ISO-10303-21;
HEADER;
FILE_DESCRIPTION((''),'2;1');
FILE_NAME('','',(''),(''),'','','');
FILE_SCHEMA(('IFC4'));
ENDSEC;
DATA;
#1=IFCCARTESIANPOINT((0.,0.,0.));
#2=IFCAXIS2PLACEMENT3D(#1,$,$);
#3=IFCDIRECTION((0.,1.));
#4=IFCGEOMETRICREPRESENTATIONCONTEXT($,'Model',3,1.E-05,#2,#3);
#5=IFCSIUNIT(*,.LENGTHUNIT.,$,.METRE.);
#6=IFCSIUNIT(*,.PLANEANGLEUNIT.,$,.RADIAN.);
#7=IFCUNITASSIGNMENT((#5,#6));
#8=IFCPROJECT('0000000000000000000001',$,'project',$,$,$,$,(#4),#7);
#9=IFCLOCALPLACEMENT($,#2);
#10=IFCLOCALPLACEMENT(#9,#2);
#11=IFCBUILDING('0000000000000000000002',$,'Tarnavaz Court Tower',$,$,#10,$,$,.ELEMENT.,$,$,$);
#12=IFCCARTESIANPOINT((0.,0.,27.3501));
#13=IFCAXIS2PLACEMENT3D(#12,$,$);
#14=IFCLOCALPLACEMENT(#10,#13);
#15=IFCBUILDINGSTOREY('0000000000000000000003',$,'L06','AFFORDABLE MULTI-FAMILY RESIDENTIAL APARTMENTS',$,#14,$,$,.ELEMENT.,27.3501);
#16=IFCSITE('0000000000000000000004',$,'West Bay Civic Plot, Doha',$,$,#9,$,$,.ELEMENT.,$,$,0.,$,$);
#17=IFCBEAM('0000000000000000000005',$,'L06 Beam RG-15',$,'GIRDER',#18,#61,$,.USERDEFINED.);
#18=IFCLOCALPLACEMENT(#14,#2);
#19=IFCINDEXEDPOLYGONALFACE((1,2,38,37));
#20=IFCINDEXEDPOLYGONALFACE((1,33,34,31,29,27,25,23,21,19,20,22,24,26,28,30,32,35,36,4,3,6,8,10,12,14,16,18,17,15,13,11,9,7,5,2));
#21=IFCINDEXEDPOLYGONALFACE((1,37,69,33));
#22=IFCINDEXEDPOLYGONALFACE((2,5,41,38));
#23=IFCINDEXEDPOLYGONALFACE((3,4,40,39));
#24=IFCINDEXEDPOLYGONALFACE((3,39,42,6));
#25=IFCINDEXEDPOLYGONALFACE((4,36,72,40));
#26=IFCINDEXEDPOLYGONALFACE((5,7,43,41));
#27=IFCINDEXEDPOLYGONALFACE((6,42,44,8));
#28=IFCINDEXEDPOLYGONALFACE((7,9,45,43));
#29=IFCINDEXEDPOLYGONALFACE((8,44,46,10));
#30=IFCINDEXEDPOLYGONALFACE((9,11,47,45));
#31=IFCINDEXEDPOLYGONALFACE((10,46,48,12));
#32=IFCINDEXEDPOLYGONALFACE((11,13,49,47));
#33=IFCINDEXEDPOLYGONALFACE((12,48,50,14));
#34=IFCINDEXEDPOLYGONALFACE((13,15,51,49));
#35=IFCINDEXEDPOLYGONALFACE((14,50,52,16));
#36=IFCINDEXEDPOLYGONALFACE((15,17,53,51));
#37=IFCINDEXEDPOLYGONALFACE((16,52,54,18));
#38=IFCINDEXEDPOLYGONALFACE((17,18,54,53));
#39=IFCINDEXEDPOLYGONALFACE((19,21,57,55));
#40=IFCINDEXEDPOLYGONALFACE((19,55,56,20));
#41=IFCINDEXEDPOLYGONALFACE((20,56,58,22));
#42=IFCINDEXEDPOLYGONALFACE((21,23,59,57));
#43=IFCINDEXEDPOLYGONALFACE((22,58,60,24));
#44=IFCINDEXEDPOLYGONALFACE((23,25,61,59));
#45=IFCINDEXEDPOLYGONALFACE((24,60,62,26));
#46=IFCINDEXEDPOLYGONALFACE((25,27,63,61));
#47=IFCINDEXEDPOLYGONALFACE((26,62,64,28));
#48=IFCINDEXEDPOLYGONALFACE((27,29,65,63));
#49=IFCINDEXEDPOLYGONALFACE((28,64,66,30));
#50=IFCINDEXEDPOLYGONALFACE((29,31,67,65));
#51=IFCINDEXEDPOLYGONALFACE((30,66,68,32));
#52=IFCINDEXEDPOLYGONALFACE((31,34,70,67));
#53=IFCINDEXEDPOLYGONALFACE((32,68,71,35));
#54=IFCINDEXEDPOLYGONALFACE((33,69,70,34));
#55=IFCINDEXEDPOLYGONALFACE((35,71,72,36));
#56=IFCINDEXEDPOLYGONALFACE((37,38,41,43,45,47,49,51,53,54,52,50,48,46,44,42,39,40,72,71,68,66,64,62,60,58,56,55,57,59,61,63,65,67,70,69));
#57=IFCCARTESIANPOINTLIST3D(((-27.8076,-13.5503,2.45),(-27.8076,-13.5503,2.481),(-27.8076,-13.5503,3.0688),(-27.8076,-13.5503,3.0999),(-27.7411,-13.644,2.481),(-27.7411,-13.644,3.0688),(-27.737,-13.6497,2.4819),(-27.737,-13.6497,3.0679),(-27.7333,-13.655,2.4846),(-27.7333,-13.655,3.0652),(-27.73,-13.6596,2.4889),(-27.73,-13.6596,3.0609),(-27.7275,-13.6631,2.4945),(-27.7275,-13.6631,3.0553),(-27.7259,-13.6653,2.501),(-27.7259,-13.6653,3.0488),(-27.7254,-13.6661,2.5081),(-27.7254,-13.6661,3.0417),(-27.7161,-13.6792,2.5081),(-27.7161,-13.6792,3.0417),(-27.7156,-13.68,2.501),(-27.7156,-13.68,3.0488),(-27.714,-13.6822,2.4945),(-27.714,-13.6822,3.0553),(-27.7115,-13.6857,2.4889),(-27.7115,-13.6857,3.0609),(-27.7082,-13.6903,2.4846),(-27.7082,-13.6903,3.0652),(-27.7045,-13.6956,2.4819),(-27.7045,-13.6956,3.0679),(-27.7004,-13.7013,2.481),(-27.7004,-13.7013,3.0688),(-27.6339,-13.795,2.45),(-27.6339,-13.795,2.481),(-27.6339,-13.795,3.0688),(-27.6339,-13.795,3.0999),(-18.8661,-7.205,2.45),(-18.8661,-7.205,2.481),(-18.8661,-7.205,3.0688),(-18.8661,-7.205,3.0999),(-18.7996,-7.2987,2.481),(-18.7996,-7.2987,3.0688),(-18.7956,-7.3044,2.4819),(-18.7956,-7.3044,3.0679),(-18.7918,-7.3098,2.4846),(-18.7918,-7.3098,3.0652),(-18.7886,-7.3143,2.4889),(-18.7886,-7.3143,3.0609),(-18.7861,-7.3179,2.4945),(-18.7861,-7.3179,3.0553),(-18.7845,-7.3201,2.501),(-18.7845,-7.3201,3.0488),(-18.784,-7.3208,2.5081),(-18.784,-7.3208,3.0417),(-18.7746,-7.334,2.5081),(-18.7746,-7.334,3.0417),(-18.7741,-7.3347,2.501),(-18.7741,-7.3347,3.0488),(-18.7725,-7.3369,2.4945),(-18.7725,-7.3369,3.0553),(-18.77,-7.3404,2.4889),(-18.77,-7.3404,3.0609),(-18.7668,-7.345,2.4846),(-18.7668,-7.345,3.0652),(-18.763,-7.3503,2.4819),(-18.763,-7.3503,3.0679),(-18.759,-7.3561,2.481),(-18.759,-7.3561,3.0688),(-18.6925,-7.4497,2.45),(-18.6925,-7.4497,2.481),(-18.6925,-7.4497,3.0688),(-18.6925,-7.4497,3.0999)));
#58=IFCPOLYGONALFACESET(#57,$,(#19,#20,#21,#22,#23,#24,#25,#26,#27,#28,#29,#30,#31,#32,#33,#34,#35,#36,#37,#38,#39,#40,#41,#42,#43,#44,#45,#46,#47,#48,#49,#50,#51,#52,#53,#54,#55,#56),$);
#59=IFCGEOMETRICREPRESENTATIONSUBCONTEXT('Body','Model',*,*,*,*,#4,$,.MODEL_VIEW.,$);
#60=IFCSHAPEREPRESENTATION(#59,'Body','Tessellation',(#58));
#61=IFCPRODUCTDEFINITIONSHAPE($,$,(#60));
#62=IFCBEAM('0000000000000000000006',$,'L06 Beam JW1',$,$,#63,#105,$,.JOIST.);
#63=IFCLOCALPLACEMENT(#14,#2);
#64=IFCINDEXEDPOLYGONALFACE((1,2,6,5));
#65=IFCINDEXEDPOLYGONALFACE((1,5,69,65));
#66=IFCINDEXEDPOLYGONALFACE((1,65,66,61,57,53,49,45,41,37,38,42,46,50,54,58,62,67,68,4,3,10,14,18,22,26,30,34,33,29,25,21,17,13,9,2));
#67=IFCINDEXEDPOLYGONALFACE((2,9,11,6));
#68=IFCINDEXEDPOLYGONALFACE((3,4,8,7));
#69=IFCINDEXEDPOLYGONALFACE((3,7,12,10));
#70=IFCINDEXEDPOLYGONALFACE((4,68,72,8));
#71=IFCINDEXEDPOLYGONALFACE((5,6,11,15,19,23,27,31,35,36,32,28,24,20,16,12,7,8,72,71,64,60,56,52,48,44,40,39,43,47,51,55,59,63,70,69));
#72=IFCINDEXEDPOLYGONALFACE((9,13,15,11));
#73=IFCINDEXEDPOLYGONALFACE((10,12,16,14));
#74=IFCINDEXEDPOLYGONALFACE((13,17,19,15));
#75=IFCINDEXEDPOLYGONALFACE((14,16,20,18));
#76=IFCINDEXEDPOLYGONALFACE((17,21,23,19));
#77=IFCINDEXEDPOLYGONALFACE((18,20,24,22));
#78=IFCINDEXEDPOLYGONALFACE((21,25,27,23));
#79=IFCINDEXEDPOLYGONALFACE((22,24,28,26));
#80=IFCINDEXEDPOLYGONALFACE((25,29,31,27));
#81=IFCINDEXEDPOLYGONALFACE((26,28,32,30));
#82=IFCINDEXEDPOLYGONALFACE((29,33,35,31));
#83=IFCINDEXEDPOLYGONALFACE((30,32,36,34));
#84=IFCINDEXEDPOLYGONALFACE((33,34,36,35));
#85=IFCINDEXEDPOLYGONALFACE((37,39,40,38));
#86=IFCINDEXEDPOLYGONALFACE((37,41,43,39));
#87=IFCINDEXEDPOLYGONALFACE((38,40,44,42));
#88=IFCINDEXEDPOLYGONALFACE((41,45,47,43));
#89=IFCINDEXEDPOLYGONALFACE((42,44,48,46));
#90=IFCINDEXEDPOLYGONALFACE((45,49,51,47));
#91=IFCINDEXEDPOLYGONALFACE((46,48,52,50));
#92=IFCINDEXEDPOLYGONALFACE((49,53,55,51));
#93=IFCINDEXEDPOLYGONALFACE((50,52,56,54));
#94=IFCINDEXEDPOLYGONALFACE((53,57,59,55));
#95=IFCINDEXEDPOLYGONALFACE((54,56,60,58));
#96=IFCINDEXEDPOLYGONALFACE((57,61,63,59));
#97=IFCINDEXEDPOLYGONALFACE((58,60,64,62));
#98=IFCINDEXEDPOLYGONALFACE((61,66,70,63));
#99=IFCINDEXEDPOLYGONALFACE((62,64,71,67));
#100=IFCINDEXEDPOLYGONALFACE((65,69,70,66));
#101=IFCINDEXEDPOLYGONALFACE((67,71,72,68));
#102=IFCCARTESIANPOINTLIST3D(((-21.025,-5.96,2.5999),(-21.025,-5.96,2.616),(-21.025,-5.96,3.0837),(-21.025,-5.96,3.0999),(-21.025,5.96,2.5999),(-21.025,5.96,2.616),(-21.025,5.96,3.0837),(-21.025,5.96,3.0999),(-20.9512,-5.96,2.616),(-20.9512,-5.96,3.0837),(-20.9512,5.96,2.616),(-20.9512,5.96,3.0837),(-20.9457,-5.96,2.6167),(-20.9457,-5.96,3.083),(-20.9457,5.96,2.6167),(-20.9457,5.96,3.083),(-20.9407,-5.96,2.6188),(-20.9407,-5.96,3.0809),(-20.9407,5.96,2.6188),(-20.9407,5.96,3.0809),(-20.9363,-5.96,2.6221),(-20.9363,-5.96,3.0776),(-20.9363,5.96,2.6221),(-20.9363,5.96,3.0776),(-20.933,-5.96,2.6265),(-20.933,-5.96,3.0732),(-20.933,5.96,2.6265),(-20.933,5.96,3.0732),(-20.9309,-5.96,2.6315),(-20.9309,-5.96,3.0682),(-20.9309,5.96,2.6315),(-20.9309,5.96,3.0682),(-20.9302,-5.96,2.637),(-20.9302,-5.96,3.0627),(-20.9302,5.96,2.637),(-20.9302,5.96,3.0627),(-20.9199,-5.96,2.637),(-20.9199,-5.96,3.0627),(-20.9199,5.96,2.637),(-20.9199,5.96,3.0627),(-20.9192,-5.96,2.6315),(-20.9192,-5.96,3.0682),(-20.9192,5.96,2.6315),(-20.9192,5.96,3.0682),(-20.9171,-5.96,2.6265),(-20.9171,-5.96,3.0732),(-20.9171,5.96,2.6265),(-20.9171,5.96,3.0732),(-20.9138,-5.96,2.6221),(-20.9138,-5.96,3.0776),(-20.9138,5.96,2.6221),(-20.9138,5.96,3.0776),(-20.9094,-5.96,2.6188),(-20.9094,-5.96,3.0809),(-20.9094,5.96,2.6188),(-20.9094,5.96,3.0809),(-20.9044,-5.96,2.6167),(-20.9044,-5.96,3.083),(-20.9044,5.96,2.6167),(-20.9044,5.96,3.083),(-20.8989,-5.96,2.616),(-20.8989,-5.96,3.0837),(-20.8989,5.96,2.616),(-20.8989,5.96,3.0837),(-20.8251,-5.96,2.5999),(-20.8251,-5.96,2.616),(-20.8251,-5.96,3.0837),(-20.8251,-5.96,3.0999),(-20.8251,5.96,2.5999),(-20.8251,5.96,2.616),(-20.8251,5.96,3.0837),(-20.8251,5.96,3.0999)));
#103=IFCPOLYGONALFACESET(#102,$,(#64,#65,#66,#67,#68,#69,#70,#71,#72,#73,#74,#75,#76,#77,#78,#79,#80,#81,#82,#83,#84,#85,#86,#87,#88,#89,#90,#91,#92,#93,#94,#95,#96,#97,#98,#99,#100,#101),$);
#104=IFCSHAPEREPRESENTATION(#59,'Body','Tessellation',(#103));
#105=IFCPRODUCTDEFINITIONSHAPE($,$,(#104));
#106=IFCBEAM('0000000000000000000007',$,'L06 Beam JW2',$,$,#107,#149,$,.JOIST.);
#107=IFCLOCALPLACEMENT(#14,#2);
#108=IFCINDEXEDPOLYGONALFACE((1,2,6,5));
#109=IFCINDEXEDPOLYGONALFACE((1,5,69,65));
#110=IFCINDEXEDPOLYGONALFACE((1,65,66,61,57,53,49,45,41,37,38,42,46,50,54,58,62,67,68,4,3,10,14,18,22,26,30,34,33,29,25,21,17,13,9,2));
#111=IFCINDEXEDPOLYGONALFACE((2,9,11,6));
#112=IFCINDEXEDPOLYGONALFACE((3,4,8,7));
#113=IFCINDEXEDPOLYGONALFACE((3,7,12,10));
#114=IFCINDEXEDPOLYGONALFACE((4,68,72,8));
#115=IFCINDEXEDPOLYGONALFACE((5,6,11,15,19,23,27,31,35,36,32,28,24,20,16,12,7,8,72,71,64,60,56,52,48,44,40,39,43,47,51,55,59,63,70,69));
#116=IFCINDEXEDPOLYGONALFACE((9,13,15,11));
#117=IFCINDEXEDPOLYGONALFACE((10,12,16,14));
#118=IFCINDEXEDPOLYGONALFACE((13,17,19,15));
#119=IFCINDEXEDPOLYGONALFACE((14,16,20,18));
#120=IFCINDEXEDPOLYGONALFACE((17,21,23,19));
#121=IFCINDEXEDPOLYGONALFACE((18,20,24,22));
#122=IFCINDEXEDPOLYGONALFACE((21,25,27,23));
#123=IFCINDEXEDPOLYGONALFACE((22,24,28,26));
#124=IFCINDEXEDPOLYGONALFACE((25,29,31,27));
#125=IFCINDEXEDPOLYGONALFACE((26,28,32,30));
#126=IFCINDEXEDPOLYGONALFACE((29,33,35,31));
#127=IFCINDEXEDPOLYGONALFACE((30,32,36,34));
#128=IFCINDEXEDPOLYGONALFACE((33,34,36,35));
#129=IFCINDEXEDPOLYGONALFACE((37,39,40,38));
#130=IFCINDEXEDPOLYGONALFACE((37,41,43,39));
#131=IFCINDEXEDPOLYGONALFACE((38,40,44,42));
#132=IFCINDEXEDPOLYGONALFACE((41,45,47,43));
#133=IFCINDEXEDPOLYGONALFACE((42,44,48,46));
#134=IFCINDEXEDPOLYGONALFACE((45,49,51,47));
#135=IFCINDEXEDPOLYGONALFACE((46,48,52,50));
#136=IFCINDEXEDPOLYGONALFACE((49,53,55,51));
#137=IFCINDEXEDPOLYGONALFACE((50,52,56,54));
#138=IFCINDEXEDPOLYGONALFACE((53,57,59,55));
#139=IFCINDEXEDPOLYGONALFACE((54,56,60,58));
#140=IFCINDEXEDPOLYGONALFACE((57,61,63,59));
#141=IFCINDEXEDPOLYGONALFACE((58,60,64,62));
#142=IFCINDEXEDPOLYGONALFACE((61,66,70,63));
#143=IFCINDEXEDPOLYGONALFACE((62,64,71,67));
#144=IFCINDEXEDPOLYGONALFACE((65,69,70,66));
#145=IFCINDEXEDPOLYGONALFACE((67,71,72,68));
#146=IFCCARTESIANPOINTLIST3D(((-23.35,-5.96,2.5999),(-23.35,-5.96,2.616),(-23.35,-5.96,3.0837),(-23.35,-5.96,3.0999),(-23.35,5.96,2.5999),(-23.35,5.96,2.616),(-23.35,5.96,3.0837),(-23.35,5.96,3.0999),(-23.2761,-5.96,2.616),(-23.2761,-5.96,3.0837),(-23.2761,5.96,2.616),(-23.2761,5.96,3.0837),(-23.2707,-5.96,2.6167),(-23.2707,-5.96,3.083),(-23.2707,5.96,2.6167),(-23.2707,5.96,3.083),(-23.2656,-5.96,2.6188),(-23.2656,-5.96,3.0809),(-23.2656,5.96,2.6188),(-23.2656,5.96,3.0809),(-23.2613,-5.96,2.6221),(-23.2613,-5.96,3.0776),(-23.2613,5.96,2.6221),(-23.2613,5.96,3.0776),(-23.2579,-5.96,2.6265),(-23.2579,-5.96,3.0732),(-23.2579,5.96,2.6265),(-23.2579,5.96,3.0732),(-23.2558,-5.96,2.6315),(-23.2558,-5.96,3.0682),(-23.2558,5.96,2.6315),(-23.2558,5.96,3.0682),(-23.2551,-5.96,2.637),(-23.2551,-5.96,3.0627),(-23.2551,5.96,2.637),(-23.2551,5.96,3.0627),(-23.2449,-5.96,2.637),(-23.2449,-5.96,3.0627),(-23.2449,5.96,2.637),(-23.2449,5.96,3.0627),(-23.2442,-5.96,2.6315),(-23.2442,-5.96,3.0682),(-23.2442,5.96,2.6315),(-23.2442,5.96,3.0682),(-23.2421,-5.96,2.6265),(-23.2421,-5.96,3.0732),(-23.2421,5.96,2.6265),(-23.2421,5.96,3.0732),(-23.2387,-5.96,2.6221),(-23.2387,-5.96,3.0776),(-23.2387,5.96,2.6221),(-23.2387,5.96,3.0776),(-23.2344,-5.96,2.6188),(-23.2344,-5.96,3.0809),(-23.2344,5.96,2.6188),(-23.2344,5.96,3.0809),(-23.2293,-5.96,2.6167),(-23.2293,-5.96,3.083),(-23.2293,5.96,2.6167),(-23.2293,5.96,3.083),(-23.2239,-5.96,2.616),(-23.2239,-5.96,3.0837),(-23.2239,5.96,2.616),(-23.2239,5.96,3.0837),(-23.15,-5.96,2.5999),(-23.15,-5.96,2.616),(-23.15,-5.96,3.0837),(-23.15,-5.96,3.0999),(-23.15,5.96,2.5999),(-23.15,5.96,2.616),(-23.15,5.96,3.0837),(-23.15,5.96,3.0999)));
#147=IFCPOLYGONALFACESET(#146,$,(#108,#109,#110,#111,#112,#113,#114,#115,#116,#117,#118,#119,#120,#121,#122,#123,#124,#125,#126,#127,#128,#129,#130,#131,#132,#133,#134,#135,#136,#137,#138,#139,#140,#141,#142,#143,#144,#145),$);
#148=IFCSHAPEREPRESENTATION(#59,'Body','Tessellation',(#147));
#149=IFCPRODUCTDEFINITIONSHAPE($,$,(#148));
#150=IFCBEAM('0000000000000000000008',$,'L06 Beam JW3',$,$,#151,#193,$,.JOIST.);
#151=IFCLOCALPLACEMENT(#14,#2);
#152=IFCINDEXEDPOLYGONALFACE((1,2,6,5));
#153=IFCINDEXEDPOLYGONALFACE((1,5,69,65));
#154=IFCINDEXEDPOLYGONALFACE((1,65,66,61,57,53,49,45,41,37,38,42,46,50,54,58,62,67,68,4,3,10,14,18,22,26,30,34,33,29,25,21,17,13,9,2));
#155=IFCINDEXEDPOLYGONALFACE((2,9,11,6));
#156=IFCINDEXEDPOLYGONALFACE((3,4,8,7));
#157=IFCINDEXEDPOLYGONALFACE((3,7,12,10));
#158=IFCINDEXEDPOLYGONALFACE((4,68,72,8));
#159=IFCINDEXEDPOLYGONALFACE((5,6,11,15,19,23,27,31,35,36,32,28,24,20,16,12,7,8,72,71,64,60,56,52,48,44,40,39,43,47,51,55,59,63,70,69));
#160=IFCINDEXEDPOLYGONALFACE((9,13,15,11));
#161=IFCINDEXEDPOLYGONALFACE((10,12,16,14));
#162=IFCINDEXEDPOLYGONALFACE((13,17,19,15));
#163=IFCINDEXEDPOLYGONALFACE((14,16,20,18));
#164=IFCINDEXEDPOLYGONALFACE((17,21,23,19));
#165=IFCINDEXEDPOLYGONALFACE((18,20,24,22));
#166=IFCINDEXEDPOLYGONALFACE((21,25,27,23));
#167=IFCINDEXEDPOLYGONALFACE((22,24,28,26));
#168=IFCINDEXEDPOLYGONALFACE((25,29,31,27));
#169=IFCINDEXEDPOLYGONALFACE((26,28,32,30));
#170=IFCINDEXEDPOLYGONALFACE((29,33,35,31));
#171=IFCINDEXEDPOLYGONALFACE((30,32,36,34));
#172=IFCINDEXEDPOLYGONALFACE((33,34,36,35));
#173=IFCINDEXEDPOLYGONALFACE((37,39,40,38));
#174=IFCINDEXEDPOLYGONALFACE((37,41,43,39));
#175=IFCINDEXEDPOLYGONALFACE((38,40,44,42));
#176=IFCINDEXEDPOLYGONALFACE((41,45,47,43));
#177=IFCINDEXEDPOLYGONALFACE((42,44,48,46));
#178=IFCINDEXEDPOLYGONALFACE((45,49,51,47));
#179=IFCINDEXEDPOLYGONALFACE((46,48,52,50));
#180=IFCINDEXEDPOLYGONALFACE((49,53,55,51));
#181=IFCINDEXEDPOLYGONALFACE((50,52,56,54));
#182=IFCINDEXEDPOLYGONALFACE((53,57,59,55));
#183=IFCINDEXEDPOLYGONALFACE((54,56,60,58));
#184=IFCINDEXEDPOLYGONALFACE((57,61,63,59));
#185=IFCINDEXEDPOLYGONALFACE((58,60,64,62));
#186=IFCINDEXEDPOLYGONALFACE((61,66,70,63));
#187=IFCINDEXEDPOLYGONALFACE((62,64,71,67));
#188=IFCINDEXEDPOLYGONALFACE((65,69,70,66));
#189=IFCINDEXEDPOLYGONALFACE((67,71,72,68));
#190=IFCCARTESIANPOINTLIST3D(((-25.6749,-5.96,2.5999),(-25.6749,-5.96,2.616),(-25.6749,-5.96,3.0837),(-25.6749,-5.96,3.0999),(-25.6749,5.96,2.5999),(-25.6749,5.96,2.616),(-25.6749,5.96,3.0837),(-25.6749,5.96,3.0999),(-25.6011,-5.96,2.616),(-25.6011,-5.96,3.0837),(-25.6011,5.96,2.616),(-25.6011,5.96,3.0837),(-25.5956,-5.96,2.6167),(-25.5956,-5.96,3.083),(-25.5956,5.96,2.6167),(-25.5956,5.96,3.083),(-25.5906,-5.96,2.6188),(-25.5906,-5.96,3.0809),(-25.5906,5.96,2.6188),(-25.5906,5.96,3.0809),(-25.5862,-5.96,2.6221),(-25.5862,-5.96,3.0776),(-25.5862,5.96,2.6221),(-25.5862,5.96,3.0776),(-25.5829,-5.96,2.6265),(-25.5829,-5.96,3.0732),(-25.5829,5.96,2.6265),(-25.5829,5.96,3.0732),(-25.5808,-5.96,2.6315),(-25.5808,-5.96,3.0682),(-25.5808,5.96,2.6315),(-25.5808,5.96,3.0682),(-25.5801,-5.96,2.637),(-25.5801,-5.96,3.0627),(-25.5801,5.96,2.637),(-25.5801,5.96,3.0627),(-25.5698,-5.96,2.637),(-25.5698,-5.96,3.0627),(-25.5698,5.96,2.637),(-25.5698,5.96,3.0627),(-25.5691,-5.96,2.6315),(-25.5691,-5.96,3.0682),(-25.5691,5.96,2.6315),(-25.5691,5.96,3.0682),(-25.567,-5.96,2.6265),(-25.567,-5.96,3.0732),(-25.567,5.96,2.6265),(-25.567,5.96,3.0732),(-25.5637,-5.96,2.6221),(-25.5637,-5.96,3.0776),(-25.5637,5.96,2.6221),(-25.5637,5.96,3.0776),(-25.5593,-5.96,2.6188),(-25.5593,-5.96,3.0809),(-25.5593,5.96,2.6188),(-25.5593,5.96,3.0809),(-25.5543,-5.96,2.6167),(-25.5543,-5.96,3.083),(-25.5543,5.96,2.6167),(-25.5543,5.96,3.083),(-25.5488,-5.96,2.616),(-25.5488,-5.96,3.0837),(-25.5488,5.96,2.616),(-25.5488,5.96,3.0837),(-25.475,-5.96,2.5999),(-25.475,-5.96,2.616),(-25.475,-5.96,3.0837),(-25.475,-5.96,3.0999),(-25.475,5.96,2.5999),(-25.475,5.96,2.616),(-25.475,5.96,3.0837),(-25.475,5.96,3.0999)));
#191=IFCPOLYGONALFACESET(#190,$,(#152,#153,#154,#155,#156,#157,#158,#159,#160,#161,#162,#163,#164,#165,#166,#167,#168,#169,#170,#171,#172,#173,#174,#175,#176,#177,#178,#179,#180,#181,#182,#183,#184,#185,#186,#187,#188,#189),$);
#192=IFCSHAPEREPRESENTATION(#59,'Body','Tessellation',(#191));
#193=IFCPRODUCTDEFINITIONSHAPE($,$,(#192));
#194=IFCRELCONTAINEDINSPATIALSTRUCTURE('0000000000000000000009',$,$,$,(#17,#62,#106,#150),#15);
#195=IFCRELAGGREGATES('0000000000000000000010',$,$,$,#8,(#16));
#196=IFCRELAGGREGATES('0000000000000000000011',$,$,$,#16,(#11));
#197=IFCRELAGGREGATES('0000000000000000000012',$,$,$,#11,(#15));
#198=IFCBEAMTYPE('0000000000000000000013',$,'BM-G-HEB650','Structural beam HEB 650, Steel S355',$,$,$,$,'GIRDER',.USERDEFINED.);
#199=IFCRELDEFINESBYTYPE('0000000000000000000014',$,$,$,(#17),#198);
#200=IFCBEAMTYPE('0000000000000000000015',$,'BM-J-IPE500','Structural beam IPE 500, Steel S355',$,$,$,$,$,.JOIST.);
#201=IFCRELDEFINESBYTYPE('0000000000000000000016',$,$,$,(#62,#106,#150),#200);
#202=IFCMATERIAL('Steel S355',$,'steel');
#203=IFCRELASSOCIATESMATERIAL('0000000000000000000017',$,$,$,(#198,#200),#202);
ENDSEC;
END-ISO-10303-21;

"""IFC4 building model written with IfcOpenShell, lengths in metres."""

from ifc_helpers import new_model, si_unit, direction, frame, origin, origin_2d, place, context, subcontext, project, spatial, i_section, extrude, material, material_profile, profile_set, type_object, element, save


model = new_model("IFC4")

# Units and contexts
model_context = context("Model", 3, precision=1e-05, world=origin(), true_north=direction((0.0, 1.0)))
body_context = subcontext(model_context, "Body", "Model", "MODEL_VIEW")
ifc_project = project(units=[si_unit("LENGTHUNIT", "METRE"), si_unit("PLANEANGLEUNIT", "RADIAN")], contexts=[model_context])

# Site, building, storey
site_placement = place(None, origin())
site = spatial("IfcSite", under=ifc_project, at=site_placement, Name="West Bay Civic Plot, Doha", CompositionType="ELEMENT", RefElevation=0.0)
building_placement = place(site_placement, origin())
building = spatial("IfcBuilding", under=site, at=building_placement, Name="Tarnavaz Court Tower", CompositionType="ELEMENT")
storey_placement = place(building_placement, frame((0.0, 0.0, 27.3501)))
storey = spatial("IfcBuildingStorey", under=building, at=storey_placement, Name="L06", Description="AFFORDABLE MULTI-FAMILY RESIDENTIAL APARTMENTS", CompositionType="ELEMENT", Elevation=27.3501)

# Beams
ifc_material_1 = material(Name="Steel S355", Category="steel")
ifc_material_profile_1 = material_profile(ifc_material_1, i_section(OverallWidth=0.3, OverallDepth=0.6499, WebThickness=0.0161, FlangeThickness=0.031, FilletRadius=0.0271, at=origin_2d()), Name="HEB 650")
ifc_profile_set_1 = profile_set([ifc_material_profile_1], Name="Steel S355")
beam_type_1 = type_object("IfcBeamType", Name="BM-G-HEB650", Description="Structural beam HEB 650, Steel S355", ElementType="GIRDER", PredefinedType="USERDEFINED", material=ifc_profile_set_1)
beam_1_placement = place(storey_placement, frame((-18.7793, -7.3274, 2.7749), z_axis=(-0.81552, -0.578729, 0.0), x_axis=(0.578729, -0.81552, 0.0)))
element("IfcBeam", 1, at=beam_1_placement, inside=storey, type_object=beam_type_1, Name="L06 Beam RG-15", ObjectType="GIRDER", PredefinedType="USERDEFINED", context=body_context, shape_type="SweptSolid", body=[
    extrude(i_section(OverallWidth=0.3, OverallDepth=0.6499, WebThickness=0.0161, FlangeThickness=0.031, FilletRadius=0.0271, at=origin_2d()), origin(), (0.0, 0.0, 1.0), 10.9641),
])
ifc_material_profile_2 = material_profile(ifc_material_1, i_section(OverallWidth=0.2, OverallDepth=0.5, WebThickness=0.0103, FlangeThickness=0.0161, FilletRadius=0.021, at=origin_2d()), Name="IPE 500")
ifc_profile_set_2 = profile_set([ifc_material_profile_2], Name="Steel S355")
beam_type_2 = type_object("IfcBeamType", Name="BM-J-IPE500", Description="Structural beam IPE 500, Steel S355", PredefinedType="JOIST", material=ifc_profile_set_2)
for number, where, z_axis, x_axis, name in (
    (2, (-20.925, -5.96, 2.8499), (0.0, 1.0, 0.0), (-1.0, 0.0, 0.0), "L06 Beam JW1"),
    (3, (-23.25, -5.96, 2.8499), (0.0, 1.0, 0.0), (-1.0, 0.0, 0.0), "L06 Beam JW2"),
    (4, (-25.575, -5.96, 2.8499), (0.0, 1.0, 0.0), (-1.0, 0.0, 0.0), "L06 Beam JW3"),
):
    element("IfcBeam", number, at=place(storey_placement, frame(where, z_axis=z_axis, x_axis=x_axis)), inside=storey, type_object=beam_type_2, Name=name, PredefinedType="JOIST", context=body_context, shape_type="SweptSolid", body=[
        extrude(i_section(OverallWidth=0.2, OverallDepth=0.5, WebThickness=0.0103, FlangeThickness=0.0161, FilletRadius=0.021, at=origin_2d()), origin(), (0.0, 0.0, 1.0), 11.9199),
    ])

save(model, "model.ifc")
